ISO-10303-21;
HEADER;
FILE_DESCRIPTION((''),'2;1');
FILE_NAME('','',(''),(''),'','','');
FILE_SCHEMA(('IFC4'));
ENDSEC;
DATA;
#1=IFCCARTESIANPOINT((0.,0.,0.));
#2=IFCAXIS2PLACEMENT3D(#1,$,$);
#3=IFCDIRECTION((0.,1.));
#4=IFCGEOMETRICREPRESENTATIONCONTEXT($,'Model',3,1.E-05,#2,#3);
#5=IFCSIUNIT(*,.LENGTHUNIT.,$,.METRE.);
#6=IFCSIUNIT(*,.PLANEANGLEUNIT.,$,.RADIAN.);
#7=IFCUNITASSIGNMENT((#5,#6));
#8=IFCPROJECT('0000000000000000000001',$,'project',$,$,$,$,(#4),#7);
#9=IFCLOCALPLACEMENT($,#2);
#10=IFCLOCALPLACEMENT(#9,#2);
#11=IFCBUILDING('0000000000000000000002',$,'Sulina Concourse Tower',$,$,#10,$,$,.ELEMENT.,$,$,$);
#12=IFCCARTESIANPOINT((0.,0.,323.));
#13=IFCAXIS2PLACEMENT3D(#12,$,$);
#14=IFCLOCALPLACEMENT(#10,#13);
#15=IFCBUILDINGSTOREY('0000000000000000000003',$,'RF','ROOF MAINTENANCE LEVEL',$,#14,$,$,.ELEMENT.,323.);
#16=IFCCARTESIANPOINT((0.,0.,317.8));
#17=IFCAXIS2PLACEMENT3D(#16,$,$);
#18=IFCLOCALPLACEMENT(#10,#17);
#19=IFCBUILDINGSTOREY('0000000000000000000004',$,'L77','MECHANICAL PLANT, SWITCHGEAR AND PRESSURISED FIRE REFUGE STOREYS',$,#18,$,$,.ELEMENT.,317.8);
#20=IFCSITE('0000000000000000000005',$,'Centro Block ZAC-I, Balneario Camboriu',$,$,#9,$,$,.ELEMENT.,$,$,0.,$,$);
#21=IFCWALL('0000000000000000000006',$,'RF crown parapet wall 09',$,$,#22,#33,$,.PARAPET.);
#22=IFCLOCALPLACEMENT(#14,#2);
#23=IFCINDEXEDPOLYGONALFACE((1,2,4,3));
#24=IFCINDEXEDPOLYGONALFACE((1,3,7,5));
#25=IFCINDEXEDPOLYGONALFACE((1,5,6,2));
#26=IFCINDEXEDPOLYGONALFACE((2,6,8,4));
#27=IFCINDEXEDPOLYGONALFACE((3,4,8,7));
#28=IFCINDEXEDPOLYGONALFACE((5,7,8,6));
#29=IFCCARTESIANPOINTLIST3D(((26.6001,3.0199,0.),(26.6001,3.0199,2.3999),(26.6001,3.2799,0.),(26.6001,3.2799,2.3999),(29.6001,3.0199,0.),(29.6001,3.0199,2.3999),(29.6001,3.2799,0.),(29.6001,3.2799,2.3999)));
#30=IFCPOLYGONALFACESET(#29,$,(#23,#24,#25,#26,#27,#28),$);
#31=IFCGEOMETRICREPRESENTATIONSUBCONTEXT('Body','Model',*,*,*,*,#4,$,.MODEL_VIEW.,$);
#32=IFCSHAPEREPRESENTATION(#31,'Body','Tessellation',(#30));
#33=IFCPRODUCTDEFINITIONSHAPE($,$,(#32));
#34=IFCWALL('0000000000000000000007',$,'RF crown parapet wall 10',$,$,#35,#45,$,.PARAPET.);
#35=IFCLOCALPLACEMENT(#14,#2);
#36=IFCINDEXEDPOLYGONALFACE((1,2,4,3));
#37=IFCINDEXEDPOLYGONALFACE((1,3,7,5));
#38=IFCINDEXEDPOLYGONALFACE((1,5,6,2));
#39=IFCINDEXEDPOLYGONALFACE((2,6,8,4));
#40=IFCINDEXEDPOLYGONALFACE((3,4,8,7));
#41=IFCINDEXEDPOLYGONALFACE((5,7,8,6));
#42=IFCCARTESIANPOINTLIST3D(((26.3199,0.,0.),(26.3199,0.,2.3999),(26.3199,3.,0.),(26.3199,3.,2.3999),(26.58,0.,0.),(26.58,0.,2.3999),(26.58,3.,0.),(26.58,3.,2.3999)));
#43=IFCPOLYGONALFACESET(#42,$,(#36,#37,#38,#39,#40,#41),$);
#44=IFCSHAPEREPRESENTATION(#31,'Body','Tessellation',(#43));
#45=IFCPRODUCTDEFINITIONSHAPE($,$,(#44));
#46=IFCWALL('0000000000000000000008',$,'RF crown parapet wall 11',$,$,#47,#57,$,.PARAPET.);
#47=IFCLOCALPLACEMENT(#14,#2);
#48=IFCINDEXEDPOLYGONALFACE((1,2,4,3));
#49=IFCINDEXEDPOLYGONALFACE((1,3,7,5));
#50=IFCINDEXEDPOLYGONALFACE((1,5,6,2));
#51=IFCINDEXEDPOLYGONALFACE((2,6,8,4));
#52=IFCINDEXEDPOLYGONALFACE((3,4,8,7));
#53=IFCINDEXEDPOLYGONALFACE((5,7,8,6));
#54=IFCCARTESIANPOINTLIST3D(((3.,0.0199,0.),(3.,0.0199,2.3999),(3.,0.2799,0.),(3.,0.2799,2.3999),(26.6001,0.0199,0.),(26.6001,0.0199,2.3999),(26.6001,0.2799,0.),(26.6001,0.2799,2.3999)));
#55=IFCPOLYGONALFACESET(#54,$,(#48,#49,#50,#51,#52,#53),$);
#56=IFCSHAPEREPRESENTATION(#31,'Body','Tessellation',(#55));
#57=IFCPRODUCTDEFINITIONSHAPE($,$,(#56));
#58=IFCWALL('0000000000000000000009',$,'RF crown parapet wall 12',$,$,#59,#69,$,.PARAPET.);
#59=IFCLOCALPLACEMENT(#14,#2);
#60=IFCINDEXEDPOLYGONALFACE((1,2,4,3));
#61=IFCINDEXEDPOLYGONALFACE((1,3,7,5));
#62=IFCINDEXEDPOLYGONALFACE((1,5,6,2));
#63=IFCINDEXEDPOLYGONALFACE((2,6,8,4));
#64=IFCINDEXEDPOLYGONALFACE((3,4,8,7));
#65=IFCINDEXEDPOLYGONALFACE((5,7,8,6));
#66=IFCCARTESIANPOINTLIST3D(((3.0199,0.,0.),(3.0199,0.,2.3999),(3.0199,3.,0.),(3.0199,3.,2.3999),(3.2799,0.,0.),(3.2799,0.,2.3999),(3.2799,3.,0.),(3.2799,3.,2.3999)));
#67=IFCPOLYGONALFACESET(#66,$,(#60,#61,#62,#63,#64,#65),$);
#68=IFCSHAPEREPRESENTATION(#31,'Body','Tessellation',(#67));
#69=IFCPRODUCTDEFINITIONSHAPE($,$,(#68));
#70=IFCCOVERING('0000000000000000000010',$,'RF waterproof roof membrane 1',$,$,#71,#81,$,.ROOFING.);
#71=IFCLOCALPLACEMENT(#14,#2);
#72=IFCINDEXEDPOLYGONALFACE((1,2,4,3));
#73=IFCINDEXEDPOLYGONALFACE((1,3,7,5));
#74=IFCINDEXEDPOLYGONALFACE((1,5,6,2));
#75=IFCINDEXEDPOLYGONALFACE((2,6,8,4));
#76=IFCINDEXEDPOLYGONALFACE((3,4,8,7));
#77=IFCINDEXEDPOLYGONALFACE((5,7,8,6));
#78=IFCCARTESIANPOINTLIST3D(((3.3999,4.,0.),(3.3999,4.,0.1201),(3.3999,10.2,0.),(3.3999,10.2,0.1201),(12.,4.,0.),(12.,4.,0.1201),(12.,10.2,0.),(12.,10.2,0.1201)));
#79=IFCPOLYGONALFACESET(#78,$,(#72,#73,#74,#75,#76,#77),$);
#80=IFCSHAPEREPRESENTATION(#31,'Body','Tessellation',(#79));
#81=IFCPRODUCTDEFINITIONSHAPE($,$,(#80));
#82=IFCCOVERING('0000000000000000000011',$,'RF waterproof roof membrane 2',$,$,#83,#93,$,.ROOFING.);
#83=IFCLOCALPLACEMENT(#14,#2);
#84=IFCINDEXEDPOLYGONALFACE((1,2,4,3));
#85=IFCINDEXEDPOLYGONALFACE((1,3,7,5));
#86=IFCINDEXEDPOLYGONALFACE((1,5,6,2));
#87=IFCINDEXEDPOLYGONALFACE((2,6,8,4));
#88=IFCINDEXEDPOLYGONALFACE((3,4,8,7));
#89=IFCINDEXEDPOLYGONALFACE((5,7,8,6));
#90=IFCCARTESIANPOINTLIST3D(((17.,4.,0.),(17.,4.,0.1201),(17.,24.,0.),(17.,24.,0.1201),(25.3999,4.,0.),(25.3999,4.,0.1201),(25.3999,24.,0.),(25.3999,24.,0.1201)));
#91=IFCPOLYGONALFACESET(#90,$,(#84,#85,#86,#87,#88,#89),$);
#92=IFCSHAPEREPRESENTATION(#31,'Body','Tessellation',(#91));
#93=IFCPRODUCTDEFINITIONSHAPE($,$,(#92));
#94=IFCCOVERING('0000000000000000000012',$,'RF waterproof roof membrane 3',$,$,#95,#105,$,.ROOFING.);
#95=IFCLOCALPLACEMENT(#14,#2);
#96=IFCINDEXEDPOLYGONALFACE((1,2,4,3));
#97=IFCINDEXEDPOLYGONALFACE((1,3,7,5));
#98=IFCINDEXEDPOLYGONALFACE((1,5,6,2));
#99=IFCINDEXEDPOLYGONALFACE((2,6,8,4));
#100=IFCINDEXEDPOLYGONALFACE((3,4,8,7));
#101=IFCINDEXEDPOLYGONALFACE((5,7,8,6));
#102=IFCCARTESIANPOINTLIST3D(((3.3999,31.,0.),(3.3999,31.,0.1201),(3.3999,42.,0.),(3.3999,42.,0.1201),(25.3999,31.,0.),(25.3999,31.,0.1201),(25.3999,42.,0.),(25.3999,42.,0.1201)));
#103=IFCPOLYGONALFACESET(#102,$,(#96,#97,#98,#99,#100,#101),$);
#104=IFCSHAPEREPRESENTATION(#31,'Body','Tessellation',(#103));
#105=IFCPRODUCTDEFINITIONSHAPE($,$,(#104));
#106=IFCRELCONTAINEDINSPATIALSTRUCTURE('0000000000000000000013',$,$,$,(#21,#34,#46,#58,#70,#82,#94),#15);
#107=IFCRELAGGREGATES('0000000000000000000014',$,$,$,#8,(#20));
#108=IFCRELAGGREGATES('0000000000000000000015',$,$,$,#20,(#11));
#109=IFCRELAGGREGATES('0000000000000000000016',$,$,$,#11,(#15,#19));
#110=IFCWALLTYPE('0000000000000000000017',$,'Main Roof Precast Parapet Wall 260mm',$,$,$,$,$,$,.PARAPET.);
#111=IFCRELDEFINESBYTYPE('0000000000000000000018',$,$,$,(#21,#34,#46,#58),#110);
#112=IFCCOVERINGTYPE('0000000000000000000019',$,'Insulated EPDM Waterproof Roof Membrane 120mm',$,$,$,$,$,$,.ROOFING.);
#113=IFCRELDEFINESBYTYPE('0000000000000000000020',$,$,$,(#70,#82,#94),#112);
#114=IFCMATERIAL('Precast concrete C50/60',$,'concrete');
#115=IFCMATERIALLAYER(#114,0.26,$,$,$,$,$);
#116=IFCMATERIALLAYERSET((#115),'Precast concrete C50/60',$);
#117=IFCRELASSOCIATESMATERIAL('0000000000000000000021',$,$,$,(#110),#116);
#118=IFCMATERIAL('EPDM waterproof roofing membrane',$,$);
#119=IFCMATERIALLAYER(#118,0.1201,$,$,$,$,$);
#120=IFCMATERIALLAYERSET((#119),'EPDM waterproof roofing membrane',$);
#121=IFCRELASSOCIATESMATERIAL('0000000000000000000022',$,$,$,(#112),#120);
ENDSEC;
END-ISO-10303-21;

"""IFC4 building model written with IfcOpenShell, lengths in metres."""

from ifc_helpers import new_model, si_unit, direction, frame, frame_2d, origin, place, context, subcontext, project, spatial, polyline, rectangle, outline, extrude, material, layer, layer_set, type_object, element, save


model = new_model("IFC4")

# Units and contexts
model_context = context("Model", 3, precision=1e-05, world=origin(), true_north=direction((0.0, 1.0)))
body_context = subcontext(model_context, "Body", "Model", "MODEL_VIEW")
ifc_project = project(units=[si_unit("LENGTHUNIT", "METRE"), si_unit("PLANEANGLEUNIT", "RADIAN")], contexts=[model_context])

# Site, building, storey
site_placement = place(None, origin())
site = spatial("IfcSite", under=ifc_project, at=site_placement, Name="Centro Block ZAC-I, Balneario Camboriu", CompositionType="ELEMENT", RefElevation=0.0)
building_placement = place(site_placement, origin())
building = spatial("IfcBuilding", under=site, at=building_placement, Name="Sulina Concourse Tower", CompositionType="ELEMENT")
storey_1_placement = place(building_placement, frame((0.0, 0.0, 323.0)))
storey_1 = spatial("IfcBuildingStorey", under=building, at=storey_1_placement, Name="RF", Description="ROOF MAINTENANCE LEVEL", CompositionType="ELEMENT", Elevation=323.0)

# Shared definitions
storey_2_placement = place(building_placement, frame((0.0, 0.0, 317.8)))
storey_2 = spatial("IfcBuildingStorey", under=building, at=storey_2_placement, Name="L77", Description="MECHANICAL PLANT, SWITCHGEAR AND PRESSURISED FIRE REFUGE STOREYS", CompositionType="ELEMENT", Elevation=317.8)

# Walls
ifc_material_1 = material(Name="Precast concrete C50/60", Category="concrete")
ifc_layer_1 = layer(ifc_material_1, 0.26)
ifc_layer_set_1 = layer_set([ifc_layer_1], Name="Precast concrete C50/60")
wall_type = type_object("IfcWallType", Name="Main Roof Precast Parapet Wall 260mm", PredefinedType="PARAPET", material=ifc_layer_set_1)
for number, where, z_axis, x_axis, name in (
    (1, (29.6001, 3.1499, 0.0), (0.0, 0.0, 1.0), (-1.0, 0.0, 0.0), "RF crown parapet wall 09"),
    (2, (26.45, 3.0, 0.0), (0.0, 0.0, 1.0), (0.0, -1.0, 0.0), "RF crown parapet wall 10"),
):
    element("IfcWall", number, at=place(storey_1_placement, frame(where, z_axis=z_axis, x_axis=x_axis)), inside=storey_1, type_object=wall_type, Name=name, PredefinedType="PARAPET", context=body_context, shape_type="SweptSolid", body=[
        extrude(rectangle(XDim=3.0, YDim=0.26, at=frame_2d((1.5, 0.0))), origin(), (0.0, 0.0, 1.0), 2.3999),
    ])
wall_1_placement = place(storey_1_placement, frame((26.6001, 0.1499, 0.0), z_axis=(0.0, 0.0, 1.0), x_axis=(-1.0, 0.0, 0.0)))
element("IfcWall", 3, at=wall_1_placement, inside=storey_1, type_object=wall_type, Name="RF crown parapet wall 11", PredefinedType="PARAPET", context=body_context, shape_type="SweptSolid", body=[
    extrude(rectangle(XDim=23.6001, YDim=0.26, at=frame_2d((11.8, 0.0))), origin(), (0.0, 0.0, 1.0), 2.3999),
])
wall_2_placement = place(storey_1_placement, frame((3.1499, 0.0, 0.0), z_axis=(0.0, 0.0, 1.0), x_axis=(0.0, 1.0, 0.0)))
element("IfcWall", 4, at=wall_2_placement, inside=storey_1, type_object=wall_type, Name="RF crown parapet wall 12", PredefinedType="PARAPET", context=body_context, shape_type="SweptSolid", body=[
    extrude(rectangle(XDim=3.0, YDim=0.26, at=frame_2d((1.5, 0.0))), origin(), (0.0, 0.0, 1.0), 2.3999),
])

# Coverings
ifc_material_2 = material(Name="EPDM waterproof roofing membrane")
ifc_layer_2 = layer(ifc_material_2, 0.1201)
ifc_layer_set_2 = layer_set([ifc_layer_2], Name="EPDM waterproof roofing membrane")
covering_type = type_object("IfcCoveringType", Name="Insulated EPDM Waterproof Roof Membrane 120mm", PredefinedType="ROOFING", material=ifc_layer_set_2)
covering_1_placement = place(storey_1_placement, origin())
element("IfcCovering", 5, at=covering_1_placement, inside=storey_1, type_object=covering_type, Name="RF waterproof roof membrane 1", PredefinedType="ROOFING", context=body_context, shape_type="SweptSolid", body=[
    extrude(outline(polyline([(3.3999, 4.0), (12.0, 4.0), (12.0, 10.2), (3.3999, 10.2), (3.3999, 4.0)])), origin(), (0.0, 0.0, 1.0), 0.1201),
])
covering_2_placement = place(storey_1_placement, origin())
element("IfcCovering", 6, at=covering_2_placement, inside=storey_1, type_object=covering_type, Name="RF waterproof roof membrane 2", PredefinedType="ROOFING", context=body_context, shape_type="SweptSolid", body=[
    extrude(outline(polyline([(17.0, 4.0), (25.3999, 4.0), (25.3999, 24.0), (17.0, 24.0), (17.0, 4.0)])), origin(), (0.0, 0.0, 1.0), 0.1201),
])
covering_3_placement = place(storey_1_placement, origin())
element("IfcCovering", 7, at=covering_3_placement, inside=storey_1, type_object=covering_type, Name="RF waterproof roof membrane 3", PredefinedType="ROOFING", context=body_context, shape_type="SweptSolid", body=[
    extrude(outline(polyline([(3.3999, 31.0), (25.3999, 31.0), (25.3999, 42.0), (3.3999, 42.0), (3.3999, 31.0)])), origin(), (0.0, 0.0, 1.0), 0.1201),
])

save(model, "model.ifc")
